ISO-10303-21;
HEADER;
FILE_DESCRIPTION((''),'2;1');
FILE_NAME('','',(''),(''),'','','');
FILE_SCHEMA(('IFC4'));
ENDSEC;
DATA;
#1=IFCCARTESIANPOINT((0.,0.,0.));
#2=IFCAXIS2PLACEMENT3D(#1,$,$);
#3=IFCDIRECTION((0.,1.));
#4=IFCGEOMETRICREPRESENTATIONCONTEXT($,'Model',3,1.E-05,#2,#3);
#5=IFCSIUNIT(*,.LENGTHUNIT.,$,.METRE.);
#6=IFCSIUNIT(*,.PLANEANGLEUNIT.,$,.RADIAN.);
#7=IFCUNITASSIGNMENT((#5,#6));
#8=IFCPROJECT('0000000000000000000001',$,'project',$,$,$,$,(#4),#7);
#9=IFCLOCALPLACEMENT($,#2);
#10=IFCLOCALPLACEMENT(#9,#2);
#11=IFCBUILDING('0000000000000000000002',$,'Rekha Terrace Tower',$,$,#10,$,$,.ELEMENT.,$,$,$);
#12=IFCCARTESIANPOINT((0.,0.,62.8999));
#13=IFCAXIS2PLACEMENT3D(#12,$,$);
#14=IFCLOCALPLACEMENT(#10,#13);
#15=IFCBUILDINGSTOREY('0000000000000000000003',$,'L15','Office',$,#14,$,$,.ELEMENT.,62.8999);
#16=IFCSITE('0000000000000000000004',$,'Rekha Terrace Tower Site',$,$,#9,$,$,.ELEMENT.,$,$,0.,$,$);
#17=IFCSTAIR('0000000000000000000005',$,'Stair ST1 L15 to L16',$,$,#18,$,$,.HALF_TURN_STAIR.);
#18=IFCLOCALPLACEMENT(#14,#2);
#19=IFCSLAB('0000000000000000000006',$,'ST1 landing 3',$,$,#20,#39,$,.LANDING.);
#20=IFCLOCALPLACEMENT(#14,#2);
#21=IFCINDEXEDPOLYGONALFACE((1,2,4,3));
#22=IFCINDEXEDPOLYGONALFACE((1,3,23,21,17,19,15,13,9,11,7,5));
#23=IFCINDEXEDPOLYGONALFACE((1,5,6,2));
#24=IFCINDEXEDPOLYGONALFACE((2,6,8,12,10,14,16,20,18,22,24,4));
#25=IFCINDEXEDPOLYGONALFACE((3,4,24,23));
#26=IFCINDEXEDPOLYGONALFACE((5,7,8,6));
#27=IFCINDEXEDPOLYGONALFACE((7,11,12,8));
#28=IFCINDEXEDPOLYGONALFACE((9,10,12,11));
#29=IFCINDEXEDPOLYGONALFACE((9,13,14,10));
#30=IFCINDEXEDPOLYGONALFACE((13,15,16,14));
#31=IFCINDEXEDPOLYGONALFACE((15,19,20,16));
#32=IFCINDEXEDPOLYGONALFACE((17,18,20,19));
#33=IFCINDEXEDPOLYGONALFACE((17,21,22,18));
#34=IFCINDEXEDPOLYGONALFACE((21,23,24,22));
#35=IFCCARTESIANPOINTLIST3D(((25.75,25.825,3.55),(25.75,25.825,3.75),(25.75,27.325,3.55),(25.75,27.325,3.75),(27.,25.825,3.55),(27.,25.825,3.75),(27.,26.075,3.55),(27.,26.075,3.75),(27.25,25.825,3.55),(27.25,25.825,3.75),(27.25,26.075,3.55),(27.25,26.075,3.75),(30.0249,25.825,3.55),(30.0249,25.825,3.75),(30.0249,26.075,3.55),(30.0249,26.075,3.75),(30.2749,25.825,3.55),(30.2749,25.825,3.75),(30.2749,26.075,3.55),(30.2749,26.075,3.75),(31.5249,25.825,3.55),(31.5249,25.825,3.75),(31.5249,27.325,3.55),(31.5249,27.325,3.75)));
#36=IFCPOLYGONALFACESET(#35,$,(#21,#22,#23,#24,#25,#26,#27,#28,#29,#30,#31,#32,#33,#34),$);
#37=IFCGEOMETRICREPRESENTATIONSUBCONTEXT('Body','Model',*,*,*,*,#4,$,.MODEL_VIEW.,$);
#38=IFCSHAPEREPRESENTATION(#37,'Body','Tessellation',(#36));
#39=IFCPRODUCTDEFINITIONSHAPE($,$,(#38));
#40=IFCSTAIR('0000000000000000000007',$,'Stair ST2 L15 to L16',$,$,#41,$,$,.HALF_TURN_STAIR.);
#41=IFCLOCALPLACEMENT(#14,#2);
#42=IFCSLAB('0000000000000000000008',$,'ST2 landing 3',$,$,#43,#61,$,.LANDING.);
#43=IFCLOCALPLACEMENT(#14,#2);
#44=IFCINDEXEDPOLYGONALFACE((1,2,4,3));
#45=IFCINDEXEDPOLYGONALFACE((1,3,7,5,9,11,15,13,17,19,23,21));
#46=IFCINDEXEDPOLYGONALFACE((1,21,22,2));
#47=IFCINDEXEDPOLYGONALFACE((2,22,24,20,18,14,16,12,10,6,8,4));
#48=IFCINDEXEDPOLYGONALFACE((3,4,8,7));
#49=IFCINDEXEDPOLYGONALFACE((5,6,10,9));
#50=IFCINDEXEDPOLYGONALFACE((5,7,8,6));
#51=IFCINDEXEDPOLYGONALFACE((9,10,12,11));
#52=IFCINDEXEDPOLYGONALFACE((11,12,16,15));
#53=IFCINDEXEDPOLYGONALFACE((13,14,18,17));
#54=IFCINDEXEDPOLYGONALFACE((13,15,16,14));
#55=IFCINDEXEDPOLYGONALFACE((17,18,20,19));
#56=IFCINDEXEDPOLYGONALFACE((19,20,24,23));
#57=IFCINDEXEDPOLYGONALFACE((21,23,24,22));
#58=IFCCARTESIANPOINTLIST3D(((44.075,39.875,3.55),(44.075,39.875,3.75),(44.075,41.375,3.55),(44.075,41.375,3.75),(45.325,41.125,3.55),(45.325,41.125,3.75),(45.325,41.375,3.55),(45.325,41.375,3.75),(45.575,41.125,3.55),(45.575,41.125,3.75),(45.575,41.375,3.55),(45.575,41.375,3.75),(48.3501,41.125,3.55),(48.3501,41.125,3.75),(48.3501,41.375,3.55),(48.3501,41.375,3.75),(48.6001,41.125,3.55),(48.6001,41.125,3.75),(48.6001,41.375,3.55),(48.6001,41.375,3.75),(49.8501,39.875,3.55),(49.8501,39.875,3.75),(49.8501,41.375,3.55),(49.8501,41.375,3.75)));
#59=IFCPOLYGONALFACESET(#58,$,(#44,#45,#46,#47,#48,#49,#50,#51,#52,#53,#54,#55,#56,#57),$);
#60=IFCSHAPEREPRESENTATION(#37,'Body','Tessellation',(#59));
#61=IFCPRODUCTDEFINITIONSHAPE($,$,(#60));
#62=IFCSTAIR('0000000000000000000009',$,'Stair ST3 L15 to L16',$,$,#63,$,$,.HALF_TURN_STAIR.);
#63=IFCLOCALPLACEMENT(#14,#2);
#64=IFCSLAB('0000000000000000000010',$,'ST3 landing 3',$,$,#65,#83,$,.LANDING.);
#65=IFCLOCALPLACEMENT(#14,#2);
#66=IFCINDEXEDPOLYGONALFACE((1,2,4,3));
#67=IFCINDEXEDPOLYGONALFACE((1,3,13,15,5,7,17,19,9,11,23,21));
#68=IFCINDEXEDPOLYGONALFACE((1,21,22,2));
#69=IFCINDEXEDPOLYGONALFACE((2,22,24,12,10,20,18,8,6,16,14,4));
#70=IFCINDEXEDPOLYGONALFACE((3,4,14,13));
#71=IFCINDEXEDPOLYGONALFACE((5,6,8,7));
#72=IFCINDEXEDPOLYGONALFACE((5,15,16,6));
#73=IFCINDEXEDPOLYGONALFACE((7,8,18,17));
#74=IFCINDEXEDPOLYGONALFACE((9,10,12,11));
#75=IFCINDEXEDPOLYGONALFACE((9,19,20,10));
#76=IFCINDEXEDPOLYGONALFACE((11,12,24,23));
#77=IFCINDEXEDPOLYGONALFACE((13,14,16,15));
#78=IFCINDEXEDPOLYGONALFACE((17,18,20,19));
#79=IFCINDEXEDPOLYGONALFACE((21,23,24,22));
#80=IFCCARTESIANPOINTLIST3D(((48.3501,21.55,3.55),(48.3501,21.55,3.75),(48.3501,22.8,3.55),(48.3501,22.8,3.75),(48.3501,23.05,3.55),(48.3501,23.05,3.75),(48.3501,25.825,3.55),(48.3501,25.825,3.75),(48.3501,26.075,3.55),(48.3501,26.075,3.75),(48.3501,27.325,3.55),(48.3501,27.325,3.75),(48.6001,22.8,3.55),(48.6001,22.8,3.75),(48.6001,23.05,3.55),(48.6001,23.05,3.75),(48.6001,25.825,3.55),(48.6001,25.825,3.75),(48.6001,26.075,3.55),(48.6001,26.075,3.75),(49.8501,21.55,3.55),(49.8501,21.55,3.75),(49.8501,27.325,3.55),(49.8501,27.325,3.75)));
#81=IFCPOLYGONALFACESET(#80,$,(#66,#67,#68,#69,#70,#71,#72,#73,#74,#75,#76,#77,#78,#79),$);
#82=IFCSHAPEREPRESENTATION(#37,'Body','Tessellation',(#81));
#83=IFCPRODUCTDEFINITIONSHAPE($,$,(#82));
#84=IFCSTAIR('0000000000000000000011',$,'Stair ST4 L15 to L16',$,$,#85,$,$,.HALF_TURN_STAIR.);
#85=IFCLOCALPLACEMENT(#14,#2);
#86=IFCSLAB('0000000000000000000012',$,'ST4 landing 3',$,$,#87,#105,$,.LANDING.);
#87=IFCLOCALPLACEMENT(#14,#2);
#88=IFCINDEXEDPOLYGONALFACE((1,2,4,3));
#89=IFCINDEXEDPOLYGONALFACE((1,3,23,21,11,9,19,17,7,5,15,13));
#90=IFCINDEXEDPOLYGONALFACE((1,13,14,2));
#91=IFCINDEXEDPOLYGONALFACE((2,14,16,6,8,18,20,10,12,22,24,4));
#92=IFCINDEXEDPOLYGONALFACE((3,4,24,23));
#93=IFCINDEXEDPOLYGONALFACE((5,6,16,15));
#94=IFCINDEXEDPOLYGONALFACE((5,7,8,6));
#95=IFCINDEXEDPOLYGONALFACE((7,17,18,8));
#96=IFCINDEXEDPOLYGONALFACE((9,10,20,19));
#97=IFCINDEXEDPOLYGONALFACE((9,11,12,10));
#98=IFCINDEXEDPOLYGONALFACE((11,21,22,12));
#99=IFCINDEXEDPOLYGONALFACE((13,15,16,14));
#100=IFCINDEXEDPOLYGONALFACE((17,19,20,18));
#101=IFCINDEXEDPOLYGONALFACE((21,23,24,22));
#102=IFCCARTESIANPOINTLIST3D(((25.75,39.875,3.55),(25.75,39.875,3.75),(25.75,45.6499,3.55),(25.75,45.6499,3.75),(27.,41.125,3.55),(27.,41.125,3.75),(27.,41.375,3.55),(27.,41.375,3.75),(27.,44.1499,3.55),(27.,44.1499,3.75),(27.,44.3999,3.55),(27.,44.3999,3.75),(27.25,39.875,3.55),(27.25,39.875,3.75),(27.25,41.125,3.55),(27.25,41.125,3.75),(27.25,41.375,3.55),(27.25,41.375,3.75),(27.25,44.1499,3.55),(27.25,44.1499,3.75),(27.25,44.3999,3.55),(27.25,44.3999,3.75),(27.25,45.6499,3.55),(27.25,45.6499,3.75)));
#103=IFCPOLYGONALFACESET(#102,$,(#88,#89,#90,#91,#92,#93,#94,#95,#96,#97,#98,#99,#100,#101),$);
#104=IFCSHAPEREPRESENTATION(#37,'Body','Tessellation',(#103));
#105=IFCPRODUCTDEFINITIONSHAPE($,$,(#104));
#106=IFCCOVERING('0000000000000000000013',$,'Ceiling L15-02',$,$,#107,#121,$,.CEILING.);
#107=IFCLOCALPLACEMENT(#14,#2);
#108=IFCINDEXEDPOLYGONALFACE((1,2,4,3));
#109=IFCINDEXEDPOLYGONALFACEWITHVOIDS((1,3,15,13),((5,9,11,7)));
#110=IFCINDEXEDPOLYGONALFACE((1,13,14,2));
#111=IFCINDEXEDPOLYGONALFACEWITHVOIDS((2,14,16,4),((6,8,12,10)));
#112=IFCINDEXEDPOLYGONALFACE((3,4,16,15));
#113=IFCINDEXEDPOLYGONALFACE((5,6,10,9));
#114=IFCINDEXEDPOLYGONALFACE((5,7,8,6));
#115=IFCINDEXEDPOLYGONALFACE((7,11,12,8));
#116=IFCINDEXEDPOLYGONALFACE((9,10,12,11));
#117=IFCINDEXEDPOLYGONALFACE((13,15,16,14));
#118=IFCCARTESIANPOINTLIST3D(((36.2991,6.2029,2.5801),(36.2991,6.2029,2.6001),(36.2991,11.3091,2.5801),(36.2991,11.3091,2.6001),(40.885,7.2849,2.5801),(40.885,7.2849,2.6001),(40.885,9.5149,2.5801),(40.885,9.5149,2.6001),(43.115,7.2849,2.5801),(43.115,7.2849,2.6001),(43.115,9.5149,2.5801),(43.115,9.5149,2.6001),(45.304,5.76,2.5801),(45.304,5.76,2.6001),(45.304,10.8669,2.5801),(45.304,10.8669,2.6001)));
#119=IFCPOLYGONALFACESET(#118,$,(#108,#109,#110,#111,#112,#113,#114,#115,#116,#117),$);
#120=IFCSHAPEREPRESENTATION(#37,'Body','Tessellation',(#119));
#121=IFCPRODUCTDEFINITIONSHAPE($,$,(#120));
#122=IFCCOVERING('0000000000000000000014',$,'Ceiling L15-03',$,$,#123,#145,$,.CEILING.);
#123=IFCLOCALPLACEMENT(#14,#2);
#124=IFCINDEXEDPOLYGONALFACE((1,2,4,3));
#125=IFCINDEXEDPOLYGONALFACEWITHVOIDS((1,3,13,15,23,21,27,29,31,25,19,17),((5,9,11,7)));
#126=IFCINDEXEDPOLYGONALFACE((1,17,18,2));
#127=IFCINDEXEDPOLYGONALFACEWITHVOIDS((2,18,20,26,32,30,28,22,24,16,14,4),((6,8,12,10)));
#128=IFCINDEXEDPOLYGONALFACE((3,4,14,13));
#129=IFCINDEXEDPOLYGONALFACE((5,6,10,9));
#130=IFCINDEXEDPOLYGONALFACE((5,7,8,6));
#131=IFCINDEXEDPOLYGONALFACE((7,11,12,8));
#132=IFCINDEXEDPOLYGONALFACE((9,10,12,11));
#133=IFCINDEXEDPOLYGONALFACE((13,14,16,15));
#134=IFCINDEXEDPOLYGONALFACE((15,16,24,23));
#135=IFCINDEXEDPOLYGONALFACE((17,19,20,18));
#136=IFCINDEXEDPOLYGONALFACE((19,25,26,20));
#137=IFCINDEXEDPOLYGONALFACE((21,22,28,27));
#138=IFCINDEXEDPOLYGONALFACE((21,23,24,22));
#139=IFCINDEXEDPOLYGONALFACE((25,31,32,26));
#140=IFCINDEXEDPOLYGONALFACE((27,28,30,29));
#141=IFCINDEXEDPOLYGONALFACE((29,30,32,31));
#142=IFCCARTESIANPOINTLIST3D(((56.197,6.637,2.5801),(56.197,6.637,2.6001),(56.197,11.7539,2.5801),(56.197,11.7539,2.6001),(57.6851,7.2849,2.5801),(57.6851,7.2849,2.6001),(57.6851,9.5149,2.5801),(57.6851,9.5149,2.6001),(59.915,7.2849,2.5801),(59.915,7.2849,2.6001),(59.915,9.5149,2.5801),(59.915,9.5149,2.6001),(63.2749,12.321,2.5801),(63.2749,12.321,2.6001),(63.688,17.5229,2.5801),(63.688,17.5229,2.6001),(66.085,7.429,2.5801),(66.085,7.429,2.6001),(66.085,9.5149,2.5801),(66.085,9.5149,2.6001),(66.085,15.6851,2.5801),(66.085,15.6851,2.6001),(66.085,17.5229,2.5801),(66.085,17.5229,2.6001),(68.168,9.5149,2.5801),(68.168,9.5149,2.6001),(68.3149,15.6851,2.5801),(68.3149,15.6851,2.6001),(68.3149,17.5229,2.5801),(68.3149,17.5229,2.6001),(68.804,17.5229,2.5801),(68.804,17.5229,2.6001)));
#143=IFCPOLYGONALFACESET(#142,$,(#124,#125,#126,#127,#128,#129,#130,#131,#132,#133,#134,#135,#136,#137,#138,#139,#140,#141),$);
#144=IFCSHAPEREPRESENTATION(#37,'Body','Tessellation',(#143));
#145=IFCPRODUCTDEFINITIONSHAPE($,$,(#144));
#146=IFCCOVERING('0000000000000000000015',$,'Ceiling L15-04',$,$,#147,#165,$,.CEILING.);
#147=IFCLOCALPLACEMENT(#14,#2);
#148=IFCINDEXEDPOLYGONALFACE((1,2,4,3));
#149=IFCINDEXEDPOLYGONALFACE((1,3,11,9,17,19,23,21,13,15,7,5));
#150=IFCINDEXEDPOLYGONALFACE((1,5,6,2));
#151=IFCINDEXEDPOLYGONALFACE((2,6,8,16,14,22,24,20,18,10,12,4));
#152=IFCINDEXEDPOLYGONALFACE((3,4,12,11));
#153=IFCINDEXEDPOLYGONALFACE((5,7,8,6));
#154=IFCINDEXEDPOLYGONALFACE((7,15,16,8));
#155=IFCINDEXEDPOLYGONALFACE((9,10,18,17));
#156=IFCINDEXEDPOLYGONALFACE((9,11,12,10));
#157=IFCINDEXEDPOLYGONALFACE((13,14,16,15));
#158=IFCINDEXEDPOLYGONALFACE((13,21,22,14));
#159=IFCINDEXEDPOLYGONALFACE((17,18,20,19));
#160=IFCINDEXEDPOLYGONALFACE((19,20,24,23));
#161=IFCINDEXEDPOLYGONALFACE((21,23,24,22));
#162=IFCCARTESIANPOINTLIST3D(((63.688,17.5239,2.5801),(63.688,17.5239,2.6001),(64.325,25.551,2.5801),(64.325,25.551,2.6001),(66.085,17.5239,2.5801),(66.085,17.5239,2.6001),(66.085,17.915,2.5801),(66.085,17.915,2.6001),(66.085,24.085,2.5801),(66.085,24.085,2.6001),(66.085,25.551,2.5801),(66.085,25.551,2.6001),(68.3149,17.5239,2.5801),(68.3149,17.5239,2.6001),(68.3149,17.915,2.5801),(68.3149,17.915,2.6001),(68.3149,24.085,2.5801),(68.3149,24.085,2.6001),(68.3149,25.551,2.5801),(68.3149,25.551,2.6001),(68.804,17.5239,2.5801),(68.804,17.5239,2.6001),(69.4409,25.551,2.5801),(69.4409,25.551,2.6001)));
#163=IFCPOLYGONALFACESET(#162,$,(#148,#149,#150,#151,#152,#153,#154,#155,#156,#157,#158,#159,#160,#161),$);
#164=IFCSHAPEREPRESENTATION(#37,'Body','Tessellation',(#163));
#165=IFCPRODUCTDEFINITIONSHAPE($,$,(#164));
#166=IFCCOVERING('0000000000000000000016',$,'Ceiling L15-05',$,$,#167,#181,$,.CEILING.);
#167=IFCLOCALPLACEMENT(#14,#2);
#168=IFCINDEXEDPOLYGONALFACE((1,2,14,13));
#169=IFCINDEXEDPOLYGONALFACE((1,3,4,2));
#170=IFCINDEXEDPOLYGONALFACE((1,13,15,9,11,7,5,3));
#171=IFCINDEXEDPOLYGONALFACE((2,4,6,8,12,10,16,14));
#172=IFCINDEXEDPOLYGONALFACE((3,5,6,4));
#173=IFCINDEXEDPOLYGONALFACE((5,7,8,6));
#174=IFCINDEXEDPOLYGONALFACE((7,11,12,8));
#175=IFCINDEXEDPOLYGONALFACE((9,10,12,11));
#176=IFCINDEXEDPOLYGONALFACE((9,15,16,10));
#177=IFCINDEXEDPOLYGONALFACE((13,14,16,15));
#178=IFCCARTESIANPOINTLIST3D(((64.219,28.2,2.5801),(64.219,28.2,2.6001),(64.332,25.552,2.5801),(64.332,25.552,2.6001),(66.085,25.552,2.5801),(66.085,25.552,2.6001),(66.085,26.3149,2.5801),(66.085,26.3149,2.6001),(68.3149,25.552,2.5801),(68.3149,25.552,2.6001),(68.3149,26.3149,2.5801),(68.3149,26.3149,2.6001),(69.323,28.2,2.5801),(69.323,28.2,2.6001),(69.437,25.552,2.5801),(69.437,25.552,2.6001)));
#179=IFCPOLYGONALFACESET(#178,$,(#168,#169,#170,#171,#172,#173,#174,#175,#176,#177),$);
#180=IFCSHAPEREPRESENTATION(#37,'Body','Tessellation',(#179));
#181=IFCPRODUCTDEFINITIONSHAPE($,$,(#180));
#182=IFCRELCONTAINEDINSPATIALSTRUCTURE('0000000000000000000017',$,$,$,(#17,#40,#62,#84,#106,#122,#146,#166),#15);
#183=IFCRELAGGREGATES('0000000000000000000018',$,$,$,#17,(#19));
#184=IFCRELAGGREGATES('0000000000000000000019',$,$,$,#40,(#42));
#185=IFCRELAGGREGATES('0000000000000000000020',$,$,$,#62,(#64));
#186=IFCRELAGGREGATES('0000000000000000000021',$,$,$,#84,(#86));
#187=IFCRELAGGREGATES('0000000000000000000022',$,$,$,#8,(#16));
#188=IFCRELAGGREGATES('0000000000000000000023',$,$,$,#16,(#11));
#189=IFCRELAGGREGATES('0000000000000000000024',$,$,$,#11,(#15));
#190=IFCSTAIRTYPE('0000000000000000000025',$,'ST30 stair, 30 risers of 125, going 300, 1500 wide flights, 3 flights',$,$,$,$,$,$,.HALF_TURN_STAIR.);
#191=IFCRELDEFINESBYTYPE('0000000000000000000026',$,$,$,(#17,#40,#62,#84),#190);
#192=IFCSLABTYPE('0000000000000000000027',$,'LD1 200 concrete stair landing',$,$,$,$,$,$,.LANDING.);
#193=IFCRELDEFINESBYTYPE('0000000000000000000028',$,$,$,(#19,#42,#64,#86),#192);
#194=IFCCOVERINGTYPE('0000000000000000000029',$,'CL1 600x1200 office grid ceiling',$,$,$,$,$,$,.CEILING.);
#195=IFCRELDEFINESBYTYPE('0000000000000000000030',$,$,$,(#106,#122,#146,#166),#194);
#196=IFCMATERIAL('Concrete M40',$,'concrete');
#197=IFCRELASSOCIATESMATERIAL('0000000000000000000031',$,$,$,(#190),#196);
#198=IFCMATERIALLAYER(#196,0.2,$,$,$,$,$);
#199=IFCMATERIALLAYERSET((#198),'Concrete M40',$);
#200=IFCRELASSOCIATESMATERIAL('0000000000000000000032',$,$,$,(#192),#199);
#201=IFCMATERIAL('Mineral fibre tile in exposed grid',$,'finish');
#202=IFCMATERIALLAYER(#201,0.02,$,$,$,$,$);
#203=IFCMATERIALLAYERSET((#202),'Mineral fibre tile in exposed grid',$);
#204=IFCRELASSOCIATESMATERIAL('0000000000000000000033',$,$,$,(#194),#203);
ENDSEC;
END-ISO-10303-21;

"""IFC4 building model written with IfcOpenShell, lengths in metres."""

from ifc_helpers import new_model, si_unit, direction, frame, origin, place, context, subcontext, project, spatial, polyline, outline, extrude, material, layer, layer_set, type_object, element, aggregate, save


model = new_model("IFC4")

# Units and contexts
model_context = context("Model", 3, precision=1e-05, world=origin(), true_north=direction((0.0, 1.0)))
body_context = subcontext(model_context, "Body", "Model", "MODEL_VIEW")
ifc_project = project(units=[si_unit("LENGTHUNIT", "METRE"), si_unit("PLANEANGLEUNIT", "RADIAN")], contexts=[model_context])

# Site, building, storey
site_placement = place(None, origin())
site = spatial("IfcSite", under=ifc_project, at=site_placement, Name="Rekha Terrace Tower Site", CompositionType="ELEMENT", RefElevation=0.0)
building_placement = place(site_placement, origin())
building = spatial("IfcBuilding", under=site, at=building_placement, Name="Rekha Terrace Tower", CompositionType="ELEMENT")
storey_placement = place(building_placement, frame((0.0, 0.0, 62.8999)))
storey = spatial("IfcBuildingStorey", under=building, at=storey_placement, Name="L15", Description="Office", CompositionType="ELEMENT", Elevation=62.8999)

# Stairs, slabs
ifc_material_1 = material(Name="Concrete M40", Category="concrete")
stair_type = type_object("IfcStairType", Name="ST30 stair, 30 risers of 125, going 300, 1500 wide flights, 3 flights", PredefinedType="HALF_TURN_STAIR", material=ifc_material_1)
stair_1_placement = place(storey_placement, origin())
stair_1 = element("IfcStair", 1, at=stair_1_placement, inside=storey, type_object=stair_type, Name="Stair ST1 L15 to L16", PredefinedType="HALF_TURN_STAIR")
ifc_layer_1 = layer(ifc_material_1, 0.2)
ifc_layer_set_1 = layer_set([ifc_layer_1], Name="Concrete M40")
slab_type = type_object("IfcSlabType", Name="LD1 200 concrete stair landing", PredefinedType="LANDING", material=ifc_layer_set_1)
slab_1_placement = place(storey_placement, frame((0.0, 0.0, 3.55)))
slab_1 = element("IfcSlab", 2, at=slab_1_placement, type_object=slab_type, Name="ST1 landing 3", PredefinedType="LANDING", context=body_context, shape_type="SweptSolid", body=[
    extrude(outline(polyline([(31.5249, 25.825), (31.5249, 27.325), (25.75, 27.325), (25.75, 25.825), (27.0, 25.825), (27.0, 26.075), (27.25, 26.075), (27.25, 25.825), (30.0249, 25.825), (30.0249, 26.075), (30.2749, 26.075), (30.2749, 25.825), (31.5249, 25.825)])), origin(), (0.0, 0.0, 1.0), 0.2),
])
aggregate(stair_1, [slab_1])
stair_2_placement = place(storey_placement, origin())
stair_2 = element("IfcStair", 3, at=stair_2_placement, inside=storey, type_object=stair_type, Name="Stair ST2 L15 to L16", PredefinedType="HALF_TURN_STAIR")
slab_2_placement = place(storey_placement, frame((0.0, 0.0, 3.55)))
slab_2 = element("IfcSlab", 4, at=slab_2_placement, type_object=slab_type, Name="ST2 landing 3", PredefinedType="LANDING", context=body_context, shape_type="SweptSolid", body=[
    extrude(outline(polyline([(44.075, 41.375), (44.075, 39.875), (49.8501, 39.875), (49.8501, 41.375), (48.6001, 41.375), (48.6001, 41.125), (48.3501, 41.125), (48.3501, 41.375), (45.575, 41.375), (45.575, 41.125), (45.325, 41.125), (45.325, 41.375), (44.075, 41.375)])), origin(), (0.0, 0.0, 1.0), 0.2),
])
aggregate(stair_2, [slab_2])
stair_3_placement = place(storey_placement, origin())
stair_3 = element("IfcStair", 5, at=stair_3_placement, inside=storey, type_object=stair_type, Name="Stair ST3 L15 to L16", PredefinedType="HALF_TURN_STAIR")
slab_3_placement = place(storey_placement, frame((0.0, 0.0, 3.55)))
slab_3 = element("IfcSlab", 6, at=slab_3_placement, type_object=slab_type, Name="ST3 landing 3", PredefinedType="LANDING", context=body_context, shape_type="SweptSolid", body=[
    extrude(outline(polyline([(48.3501, 21.55), (49.8501, 21.55), (49.8501, 27.325), (48.3501, 27.325), (48.3501, 26.075), (48.6001, 26.075), (48.6001, 25.825), (48.3501, 25.825), (48.3501, 23.05), (48.6001, 23.05), (48.6001, 22.8), (48.3501, 22.8), (48.3501, 21.55)])), origin(), (0.0, 0.0, 1.0), 0.2),
])
aggregate(stair_3, [slab_3])
stair_4_placement = place(storey_placement, origin())
stair_4 = element("IfcStair", 7, at=stair_4_placement, inside=storey, type_object=stair_type, Name="Stair ST4 L15 to L16", PredefinedType="HALF_TURN_STAIR")
slab_4_placement = place(storey_placement, frame((0.0, 0.0, 3.55)))
slab_4 = element("IfcSlab", 8, at=slab_4_placement, type_object=slab_type, Name="ST4 landing 3", PredefinedType="LANDING", context=body_context, shape_type="SweptSolid", body=[
    extrude(outline(polyline([(27.25, 39.875), (25.75, 39.875), (25.75, 45.6499), (27.25, 45.6499), (27.25, 44.3999), (27.0, 44.3999), (27.0, 44.1499), (27.25, 44.1499), (27.25, 41.375), (27.0, 41.375), (27.0, 41.125), (27.25, 41.125), (27.25, 39.875)])), origin(), (0.0, 0.0, 1.0), 0.2),
])
aggregate(stair_4, [slab_4])

# Coverings
ifc_material_2 = material(Name="Mineral fibre tile in exposed grid", Category="finish")
ifc_layer_2 = layer(ifc_material_2, 0.02)
ifc_layer_set_2 = layer_set([ifc_layer_2], Name="Mineral fibre tile in exposed grid")
covering_type_1 = type_object("IfcCoveringType", Name="CL1 600x1200 office grid ceiling", PredefinedType="CEILING", material=ifc_layer_set_2)
covering_1_placement = place(storey_placement, frame((0.0, 0.0, 2.5801)))
element("IfcCovering", 9, at=covering_1_placement, inside=storey, type_object=covering_type_1, Name="Ceiling L15-02", PredefinedType="CEILING", context=body_context, shape_type="SweptSolid", body=[
    extrude(outline(polyline([(36.2991, 6.2029), (45.304, 5.76), (45.304, 10.8669), (36.2991, 11.3091), (36.2991, 6.2029)]), holes=[polyline([(43.115, 7.2849), (40.885, 7.2849), (40.885, 9.5149), (43.115, 9.5149), (43.115, 7.2849)])]), origin(), (0.0, 0.0, 1.0), 0.02),
])
covering_2_placement = place(storey_placement, frame((0.0, 0.0, 2.5801)))
element("IfcCovering", 10, at=covering_2_placement, inside=storey, type_object=covering_type_1, Name="Ceiling L15-03", PredefinedType="CEILING", context=body_context, shape_type="SweptSolid", body=[
    extrude(outline(polyline([(66.085, 15.6851), (66.085, 17.5229), (63.688, 17.5229), (63.2749, 12.321), (56.197, 11.7539), (56.197, 6.637), (66.085, 7.429), (66.085, 9.5149), (68.168, 9.5149), (68.804, 17.5229), (68.3149, 17.5229), (68.3149, 15.6851), (66.085, 15.6851)]), holes=[polyline([(59.915, 7.2849), (57.6851, 7.2849), (57.6851, 9.5149), (59.915, 9.5149), (59.915, 7.2849)])]), origin(), (0.0, 0.0, 1.0), 0.02),
])
covering_3_placement = place(storey_placement, frame((0.0, 0.0, 2.5801)))
element("IfcCovering", 11, at=covering_3_placement, inside=storey, type_object=covering_type_1, Name="Ceiling L15-04", PredefinedType="CEILING", context=body_context, shape_type="SweptSolid", body=[
    extrude(outline(polyline([(68.3149, 17.5239), (68.804, 17.5239), (69.4409, 25.551), (68.3149, 25.551), (68.3149, 24.085), (66.085, 24.085), (66.085, 25.551), (64.325, 25.551), (63.688, 17.5239), (66.085, 17.5239), (66.085, 17.915), (68.3149, 17.915), (68.3149, 17.5239)])), origin(), (0.0, 0.0, 1.0), 0.02),
])
covering_4_placement = place(storey_placement, frame((0.0, 0.0, 2.5801)))
element("IfcCovering", 12, at=covering_4_placement, inside=storey, type_object=covering_type_1, Name="Ceiling L15-05", PredefinedType="CEILING", context=body_context, shape_type="SweptSolid", body=[
    extrude(outline(polyline([(69.437, 25.552), (69.323, 28.2), (64.219, 28.2), (64.332, 25.552), (66.085, 25.552), (66.085, 26.3149), (68.3149, 26.3149), (68.3149, 25.552), (69.437, 25.552)])), origin(), (0.0, 0.0, 1.0), 0.02),
])

save(model, "model.ifc")
